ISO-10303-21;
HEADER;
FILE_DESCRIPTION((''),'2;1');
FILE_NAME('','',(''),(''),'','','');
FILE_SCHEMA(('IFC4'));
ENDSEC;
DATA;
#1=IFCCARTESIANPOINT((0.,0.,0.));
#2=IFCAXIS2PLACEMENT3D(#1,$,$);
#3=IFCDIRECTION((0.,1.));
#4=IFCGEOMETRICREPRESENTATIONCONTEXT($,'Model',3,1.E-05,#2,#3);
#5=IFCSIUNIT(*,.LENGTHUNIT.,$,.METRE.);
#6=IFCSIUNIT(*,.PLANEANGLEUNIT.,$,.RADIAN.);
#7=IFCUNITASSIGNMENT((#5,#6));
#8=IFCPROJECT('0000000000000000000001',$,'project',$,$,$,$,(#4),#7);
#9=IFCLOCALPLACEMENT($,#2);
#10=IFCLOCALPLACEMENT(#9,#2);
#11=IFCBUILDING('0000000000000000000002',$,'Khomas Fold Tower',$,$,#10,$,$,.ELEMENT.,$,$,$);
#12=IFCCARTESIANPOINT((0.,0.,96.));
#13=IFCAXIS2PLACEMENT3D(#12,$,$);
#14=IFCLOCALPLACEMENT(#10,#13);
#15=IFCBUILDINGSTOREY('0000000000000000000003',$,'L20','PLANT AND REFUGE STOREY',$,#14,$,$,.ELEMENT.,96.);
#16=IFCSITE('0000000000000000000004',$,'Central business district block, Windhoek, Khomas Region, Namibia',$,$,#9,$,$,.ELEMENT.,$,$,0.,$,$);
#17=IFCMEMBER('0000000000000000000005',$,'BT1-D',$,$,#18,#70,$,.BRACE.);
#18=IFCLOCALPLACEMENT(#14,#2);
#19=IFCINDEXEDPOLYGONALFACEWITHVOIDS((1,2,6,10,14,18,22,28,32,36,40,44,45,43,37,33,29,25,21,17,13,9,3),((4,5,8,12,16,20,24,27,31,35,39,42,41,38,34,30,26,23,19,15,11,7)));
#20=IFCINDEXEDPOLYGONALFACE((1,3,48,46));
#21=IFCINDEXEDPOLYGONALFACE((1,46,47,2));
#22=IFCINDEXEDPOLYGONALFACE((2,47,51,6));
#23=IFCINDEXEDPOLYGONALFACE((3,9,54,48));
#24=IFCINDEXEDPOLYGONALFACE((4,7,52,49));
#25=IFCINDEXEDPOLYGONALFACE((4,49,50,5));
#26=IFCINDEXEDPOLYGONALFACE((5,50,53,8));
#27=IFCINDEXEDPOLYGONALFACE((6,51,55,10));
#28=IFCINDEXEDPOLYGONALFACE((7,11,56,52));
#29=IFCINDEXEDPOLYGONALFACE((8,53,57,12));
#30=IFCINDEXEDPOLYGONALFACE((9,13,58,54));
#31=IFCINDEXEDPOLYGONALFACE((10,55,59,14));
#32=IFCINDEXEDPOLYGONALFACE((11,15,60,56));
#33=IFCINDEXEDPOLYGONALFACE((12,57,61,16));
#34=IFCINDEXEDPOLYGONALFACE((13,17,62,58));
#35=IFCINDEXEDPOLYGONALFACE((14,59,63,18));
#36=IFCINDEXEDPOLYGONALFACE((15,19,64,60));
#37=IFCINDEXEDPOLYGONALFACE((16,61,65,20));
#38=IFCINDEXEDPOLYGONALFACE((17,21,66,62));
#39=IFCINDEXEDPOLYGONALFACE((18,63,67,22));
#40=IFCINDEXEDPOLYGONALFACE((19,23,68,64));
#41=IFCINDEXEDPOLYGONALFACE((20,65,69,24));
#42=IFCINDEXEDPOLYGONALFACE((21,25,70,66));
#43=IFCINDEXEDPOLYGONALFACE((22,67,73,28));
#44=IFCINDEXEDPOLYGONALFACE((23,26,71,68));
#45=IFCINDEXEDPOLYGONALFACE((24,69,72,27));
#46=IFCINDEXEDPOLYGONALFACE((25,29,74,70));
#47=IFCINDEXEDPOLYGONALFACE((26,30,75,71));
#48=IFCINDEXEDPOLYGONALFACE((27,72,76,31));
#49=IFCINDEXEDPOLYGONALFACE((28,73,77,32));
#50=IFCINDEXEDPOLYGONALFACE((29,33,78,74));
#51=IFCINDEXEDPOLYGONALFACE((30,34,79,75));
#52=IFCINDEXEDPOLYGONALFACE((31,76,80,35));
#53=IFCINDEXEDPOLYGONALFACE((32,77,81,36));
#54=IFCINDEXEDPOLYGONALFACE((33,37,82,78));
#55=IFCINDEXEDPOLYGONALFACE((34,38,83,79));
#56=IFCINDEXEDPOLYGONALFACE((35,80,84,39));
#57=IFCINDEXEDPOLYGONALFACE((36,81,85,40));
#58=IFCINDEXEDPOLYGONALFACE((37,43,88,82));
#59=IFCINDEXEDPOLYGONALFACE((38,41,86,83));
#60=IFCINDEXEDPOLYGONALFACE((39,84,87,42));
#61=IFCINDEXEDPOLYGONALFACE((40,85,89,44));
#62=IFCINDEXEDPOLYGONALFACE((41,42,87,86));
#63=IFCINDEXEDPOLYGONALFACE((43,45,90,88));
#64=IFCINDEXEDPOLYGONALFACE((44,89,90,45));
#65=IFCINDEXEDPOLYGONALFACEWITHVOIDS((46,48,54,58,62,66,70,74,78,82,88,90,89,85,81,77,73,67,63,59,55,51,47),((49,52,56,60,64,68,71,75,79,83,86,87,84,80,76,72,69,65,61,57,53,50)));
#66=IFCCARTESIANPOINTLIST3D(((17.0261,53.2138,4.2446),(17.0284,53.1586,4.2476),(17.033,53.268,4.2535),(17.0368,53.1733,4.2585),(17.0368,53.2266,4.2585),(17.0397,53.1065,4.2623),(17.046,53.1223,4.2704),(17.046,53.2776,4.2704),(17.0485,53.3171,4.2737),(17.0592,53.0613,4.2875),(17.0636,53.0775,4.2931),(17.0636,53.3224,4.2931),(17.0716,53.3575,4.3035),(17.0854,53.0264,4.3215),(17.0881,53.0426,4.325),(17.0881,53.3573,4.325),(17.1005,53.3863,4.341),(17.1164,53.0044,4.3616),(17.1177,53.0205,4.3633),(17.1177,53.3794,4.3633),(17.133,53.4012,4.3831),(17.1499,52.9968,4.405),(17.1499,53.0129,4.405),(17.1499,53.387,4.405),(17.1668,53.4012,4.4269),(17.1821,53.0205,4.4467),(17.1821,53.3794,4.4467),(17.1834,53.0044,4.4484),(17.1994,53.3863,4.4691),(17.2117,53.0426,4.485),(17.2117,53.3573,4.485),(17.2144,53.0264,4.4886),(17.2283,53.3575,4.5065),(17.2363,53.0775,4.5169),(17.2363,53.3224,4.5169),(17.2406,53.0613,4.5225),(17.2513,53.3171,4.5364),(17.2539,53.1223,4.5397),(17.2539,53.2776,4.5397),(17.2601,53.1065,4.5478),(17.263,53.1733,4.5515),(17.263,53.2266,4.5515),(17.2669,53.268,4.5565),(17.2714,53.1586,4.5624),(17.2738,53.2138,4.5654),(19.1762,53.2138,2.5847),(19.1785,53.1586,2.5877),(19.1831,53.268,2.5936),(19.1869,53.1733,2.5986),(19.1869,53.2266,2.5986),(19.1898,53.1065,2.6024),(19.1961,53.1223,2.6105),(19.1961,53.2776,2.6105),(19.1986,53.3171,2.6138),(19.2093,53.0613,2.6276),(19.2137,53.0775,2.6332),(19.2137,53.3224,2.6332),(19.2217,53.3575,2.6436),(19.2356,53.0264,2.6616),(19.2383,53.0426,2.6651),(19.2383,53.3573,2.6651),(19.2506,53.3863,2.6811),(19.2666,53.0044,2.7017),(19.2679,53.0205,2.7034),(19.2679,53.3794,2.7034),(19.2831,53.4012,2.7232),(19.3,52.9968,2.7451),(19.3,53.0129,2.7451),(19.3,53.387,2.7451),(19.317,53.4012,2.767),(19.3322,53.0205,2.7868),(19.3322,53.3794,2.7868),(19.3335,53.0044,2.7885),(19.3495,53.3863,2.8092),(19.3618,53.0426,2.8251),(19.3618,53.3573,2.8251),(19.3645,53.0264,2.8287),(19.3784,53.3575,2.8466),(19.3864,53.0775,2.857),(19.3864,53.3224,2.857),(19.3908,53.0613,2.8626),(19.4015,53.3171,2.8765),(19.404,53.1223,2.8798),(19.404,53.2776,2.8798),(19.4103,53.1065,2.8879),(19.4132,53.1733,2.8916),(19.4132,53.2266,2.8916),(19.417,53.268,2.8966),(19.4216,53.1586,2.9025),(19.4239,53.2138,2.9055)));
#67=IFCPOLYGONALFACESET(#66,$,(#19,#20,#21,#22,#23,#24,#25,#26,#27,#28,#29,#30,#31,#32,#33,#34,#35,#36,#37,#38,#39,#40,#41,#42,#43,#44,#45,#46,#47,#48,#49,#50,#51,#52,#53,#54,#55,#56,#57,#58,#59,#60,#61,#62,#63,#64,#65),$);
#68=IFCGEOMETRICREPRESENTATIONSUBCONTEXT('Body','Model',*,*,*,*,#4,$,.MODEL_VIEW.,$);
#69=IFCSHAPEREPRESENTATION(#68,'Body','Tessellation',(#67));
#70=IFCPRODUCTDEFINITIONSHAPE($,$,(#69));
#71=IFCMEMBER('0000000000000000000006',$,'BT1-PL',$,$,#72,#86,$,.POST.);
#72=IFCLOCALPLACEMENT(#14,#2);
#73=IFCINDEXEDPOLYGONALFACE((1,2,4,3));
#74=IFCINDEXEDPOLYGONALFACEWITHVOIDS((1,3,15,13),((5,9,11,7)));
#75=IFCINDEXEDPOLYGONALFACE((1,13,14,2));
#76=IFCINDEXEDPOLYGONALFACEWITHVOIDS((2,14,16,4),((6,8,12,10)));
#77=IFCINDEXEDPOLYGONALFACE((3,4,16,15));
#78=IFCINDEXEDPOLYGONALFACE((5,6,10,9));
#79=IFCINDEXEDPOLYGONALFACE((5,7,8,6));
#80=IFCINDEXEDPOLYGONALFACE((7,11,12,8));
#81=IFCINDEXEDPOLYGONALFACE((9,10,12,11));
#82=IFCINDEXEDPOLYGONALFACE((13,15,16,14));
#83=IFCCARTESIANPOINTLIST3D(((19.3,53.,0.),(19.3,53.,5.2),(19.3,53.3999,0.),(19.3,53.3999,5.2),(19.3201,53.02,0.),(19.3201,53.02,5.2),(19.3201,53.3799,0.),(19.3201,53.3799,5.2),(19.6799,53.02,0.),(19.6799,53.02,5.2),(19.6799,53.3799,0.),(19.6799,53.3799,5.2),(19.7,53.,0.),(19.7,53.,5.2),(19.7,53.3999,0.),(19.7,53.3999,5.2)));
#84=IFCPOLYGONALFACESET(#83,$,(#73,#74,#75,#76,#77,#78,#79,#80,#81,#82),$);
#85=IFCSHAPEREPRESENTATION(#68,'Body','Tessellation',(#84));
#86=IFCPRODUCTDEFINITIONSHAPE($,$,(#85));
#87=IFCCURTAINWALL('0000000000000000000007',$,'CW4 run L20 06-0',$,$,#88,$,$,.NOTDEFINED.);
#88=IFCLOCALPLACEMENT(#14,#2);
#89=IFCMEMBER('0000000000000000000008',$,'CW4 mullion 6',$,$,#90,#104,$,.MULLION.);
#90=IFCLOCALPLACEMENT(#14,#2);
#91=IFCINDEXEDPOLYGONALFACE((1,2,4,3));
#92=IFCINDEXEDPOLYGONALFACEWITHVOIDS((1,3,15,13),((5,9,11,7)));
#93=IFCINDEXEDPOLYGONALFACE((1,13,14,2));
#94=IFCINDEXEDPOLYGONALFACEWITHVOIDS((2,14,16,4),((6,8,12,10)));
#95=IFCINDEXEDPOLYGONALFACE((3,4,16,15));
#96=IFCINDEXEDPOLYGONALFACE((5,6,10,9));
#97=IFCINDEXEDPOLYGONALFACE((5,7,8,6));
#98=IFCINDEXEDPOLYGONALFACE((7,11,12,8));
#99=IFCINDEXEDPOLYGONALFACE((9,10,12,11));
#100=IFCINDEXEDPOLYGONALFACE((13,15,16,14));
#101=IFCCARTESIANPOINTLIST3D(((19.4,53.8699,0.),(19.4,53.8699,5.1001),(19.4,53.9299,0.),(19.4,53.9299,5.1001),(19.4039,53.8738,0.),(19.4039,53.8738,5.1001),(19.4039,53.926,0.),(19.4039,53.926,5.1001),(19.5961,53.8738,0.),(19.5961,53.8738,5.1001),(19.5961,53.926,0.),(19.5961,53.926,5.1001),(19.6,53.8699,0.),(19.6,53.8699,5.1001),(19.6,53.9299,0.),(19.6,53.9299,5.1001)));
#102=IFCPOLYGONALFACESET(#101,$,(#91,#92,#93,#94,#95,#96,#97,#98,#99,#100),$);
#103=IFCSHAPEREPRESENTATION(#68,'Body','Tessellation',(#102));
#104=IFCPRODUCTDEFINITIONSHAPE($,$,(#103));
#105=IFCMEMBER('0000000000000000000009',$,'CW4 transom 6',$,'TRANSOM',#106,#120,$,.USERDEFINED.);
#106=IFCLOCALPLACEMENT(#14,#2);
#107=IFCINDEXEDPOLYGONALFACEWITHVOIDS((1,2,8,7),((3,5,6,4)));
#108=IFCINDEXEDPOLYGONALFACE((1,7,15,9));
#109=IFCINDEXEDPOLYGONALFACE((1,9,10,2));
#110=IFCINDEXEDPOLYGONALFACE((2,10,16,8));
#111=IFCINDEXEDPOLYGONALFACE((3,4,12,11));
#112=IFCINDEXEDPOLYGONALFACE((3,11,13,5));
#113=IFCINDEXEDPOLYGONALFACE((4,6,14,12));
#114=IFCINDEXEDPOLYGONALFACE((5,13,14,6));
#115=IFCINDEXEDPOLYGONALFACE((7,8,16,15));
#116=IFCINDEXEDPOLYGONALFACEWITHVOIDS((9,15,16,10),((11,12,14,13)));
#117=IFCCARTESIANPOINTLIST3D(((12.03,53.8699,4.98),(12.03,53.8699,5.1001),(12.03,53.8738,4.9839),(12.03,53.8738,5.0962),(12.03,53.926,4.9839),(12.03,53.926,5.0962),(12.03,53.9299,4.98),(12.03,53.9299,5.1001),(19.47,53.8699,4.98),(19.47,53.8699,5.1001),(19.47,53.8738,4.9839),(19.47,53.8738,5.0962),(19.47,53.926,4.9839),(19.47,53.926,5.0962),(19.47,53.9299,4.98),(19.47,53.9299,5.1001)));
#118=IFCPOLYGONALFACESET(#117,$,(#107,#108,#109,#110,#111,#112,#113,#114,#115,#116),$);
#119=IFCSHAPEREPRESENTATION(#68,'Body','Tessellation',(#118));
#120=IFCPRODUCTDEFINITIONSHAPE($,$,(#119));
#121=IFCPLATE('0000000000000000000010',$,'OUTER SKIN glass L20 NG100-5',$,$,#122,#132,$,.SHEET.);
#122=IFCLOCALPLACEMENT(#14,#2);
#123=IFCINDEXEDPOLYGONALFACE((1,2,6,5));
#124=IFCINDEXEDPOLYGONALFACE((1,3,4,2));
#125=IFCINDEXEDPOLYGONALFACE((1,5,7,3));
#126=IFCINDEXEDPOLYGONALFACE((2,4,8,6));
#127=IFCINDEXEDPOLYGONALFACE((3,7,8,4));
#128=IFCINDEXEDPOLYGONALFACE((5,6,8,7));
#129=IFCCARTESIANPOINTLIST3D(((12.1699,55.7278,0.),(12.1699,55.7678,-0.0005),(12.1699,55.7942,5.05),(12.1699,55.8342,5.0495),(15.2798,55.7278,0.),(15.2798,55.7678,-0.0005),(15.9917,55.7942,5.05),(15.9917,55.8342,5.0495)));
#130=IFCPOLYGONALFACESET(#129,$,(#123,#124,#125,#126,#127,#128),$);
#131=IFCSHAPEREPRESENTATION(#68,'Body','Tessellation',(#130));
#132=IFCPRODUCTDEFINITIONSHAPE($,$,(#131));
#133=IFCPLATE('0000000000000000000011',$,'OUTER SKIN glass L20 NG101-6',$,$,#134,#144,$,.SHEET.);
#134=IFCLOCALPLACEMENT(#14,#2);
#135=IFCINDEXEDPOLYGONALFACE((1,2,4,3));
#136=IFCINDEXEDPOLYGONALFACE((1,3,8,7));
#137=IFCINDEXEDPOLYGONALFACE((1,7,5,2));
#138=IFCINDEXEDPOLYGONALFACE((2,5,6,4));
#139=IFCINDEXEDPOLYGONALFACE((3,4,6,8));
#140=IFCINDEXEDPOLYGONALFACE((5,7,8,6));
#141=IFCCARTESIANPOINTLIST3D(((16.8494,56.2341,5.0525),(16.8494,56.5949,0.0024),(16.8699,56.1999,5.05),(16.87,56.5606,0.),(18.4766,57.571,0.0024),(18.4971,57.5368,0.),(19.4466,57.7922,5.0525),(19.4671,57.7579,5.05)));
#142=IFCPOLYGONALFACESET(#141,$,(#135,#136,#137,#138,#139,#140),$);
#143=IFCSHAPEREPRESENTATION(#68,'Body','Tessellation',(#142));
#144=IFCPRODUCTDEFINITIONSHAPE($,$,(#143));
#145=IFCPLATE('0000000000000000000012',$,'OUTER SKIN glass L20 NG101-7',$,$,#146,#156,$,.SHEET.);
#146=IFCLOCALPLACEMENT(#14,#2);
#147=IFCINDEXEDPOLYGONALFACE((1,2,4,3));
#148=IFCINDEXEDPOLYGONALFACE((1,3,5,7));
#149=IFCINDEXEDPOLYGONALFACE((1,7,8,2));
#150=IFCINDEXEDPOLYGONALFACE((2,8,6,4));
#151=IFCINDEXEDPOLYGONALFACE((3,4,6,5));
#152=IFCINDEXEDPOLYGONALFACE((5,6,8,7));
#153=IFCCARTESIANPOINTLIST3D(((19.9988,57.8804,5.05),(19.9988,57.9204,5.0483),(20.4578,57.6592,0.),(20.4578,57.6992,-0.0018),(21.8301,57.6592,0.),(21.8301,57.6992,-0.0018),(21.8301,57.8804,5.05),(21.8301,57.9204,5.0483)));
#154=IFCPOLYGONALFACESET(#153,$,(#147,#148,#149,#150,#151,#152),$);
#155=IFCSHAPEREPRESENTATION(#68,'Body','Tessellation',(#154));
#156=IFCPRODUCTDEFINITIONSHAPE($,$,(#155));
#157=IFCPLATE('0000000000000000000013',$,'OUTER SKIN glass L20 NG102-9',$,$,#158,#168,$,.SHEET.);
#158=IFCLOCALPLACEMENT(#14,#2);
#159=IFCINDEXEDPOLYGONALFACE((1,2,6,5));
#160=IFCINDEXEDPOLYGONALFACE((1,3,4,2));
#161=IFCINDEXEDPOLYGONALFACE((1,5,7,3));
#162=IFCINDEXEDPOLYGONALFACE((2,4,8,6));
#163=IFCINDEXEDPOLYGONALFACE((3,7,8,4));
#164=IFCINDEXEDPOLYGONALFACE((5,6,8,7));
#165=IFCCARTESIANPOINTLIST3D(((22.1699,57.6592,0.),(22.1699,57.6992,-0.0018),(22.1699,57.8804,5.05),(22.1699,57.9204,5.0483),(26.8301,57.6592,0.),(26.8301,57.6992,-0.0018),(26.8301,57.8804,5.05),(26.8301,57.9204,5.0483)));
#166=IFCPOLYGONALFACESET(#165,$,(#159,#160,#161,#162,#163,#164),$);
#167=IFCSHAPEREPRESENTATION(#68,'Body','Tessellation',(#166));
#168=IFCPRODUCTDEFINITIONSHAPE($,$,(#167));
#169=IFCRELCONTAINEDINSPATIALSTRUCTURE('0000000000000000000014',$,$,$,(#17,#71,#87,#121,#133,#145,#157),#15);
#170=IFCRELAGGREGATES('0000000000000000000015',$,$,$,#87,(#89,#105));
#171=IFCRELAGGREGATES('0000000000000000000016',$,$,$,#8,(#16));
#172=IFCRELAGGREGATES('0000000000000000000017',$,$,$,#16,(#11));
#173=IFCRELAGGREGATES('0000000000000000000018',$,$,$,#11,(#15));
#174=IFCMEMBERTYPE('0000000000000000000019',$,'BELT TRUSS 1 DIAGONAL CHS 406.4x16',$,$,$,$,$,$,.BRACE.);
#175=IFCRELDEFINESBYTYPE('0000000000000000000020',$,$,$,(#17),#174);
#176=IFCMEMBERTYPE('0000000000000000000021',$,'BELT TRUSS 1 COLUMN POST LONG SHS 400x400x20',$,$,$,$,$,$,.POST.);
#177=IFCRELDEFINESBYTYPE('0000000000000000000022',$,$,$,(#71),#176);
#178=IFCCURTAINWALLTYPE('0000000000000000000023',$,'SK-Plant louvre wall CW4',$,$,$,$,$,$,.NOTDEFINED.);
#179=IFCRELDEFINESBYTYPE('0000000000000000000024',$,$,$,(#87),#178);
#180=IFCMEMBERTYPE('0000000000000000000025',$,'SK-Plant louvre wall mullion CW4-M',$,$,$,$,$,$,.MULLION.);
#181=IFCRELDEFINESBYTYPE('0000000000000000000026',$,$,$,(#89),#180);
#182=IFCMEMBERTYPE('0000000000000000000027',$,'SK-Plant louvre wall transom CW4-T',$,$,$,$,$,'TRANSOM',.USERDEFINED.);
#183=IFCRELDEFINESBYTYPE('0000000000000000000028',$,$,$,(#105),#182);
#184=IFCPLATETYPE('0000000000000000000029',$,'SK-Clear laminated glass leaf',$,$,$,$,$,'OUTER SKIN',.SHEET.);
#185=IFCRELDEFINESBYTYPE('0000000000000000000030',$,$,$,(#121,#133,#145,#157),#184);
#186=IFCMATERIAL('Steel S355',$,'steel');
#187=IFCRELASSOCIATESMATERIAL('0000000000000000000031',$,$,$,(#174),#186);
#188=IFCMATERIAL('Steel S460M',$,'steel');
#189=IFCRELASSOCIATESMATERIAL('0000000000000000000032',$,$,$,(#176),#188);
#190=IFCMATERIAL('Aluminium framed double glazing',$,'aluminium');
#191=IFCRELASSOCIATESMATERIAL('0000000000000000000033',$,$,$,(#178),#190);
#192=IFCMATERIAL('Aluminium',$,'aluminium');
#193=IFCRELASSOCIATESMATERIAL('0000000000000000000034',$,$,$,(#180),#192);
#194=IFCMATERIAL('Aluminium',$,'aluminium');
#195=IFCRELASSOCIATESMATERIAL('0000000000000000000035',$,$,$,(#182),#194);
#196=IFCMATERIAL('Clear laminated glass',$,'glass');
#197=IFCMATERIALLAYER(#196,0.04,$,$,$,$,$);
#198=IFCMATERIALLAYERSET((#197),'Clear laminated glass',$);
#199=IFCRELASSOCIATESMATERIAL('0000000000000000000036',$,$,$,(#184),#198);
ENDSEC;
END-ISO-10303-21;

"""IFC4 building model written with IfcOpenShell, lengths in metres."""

from ifc_helpers import new_model, si_unit, direction, frame, origin, origin_2d, place, context, subcontext, project, spatial, polyline, hollow_rectangle, hollow_circle, outline, extrude, source, transform, mapped, material, layer, layer_set, material_profile, profile_set, type_object, element, aggregate, save


model = new_model("IFC4")

# Units and contexts
model_context = context("Model", 3, precision=1e-05, world=origin(), true_north=direction((0.0, 1.0)))
body_context = subcontext(model_context, "Body", "Model", "MODEL_VIEW")
ifc_project = project(units=[si_unit("LENGTHUNIT", "METRE"), si_unit("PLANEANGLEUNIT", "RADIAN")], contexts=[model_context])

# Site, building, storey
site_placement = place(None, origin())
site = spatial("IfcSite", under=ifc_project, at=site_placement, Name="Central business district block, Windhoek, Khomas Region, Namibia", CompositionType="ELEMENT", RefElevation=0.0)
building_placement = place(site_placement, origin())
building = spatial("IfcBuilding", under=site, at=building_placement, Name="Khomas Fold Tower", CompositionType="ELEMENT")
storey_placement = place(building_placement, frame((0.0, 0.0, 96.0)))
storey = spatial("IfcBuildingStorey", under=building, at=storey_placement, Name="L20", Description="PLANT AND REFUGE STOREY", CompositionType="ELEMENT", Elevation=96.0)

# Members
ifc_material_1 = material(Name="Steel S355", Category="steel")
ifc_material_profile_1 = material_profile(ifc_material_1, hollow_circle(Radius=0.2031, WallThickness=0.0161, at=origin_2d()), Name="CHS 406.4x16")
ifc_profile_set_1 = profile_set([ifc_material_profile_1], Name="Steel S355")
member_type_1 = type_object("IfcMemberType", Name="BELT TRUSS 1 DIAGONAL CHS 406.4x16", PredefinedType="BRACE", material=ifc_profile_set_1)
shared_shape_1 = source(origin(), body_context, "Body", "SweptSolid", [
    extrude(hollow_circle(Radius=0.2031, WallThickness=0.0161, at=origin_2d()), origin(), (0.0, 0.0, 1.0), 2.7163),
])
for number, where, z_axis, x_axis, name in (
    (1, (19.3, 53.2, 2.7451), (-0.791564, 0.0, 0.611087), (0.0, -1.0, 0.0), "BT1-D"),
):
    element("IfcMember", number, at=place(storey_placement, frame(where, z_axis=z_axis, x_axis=x_axis)), inside=storey, type_object=member_type_1, Name=name, PredefinedType="BRACE", context=body_context, shape_type="MappedRepresentation", body=[
        mapped(shared_shape_1, transform((0.0, 0.0, 0.0))),
    ])
ifc_material_2 = material(Name="Steel S460M", Category="steel")
ifc_material_profile_2 = material_profile(ifc_material_2, hollow_rectangle(XDim=0.3999, YDim=0.3999, WallThickness=0.02, at=origin_2d()), Name="SHS 400x400x20")
ifc_profile_set_2 = profile_set([ifc_material_profile_2], Name="Steel S460M")
member_type_2 = type_object("IfcMemberType", Name="BELT TRUSS 1 COLUMN POST LONG SHS 400x400x20", PredefinedType="POST", material=ifc_profile_set_2)
shared_shape_2 = source(origin(), body_context, "Body", "SweptSolid", [
    extrude(hollow_rectangle(XDim=0.3999, YDim=0.3999, WallThickness=0.02, at=origin_2d()), origin(), (0.0, 0.0, 1.0), 5.2),
])
member_1_placement = place(storey_placement, frame((19.5, 53.2, 0.0), z_axis=(0.0, 0.0, 1.0), x_axis=(1.0, 0.0, 0.0)))
element("IfcMember", 2, at=member_1_placement, inside=storey, type_object=member_type_2, Name="BT1-PL", PredefinedType="POST", context=body_context, shape_type="MappedRepresentation", body=[
    mapped(shared_shape_2, transform((0.0, 0.0, 0.0))),
])

# Curtain wall, members
ifc_material_3 = material(Name="Aluminium framed double glazing", Category="aluminium")
curtain_wall_type = type_object("IfcCurtainWallType", Name="SK-Plant louvre wall CW4", PredefinedType="NOTDEFINED", material=ifc_material_3)
curtain_wall_placement = place(storey_placement, origin())
curtain_wall = element("IfcCurtainWall", 3, at=curtain_wall_placement, inside=storey, type_object=curtain_wall_type, Name="CW4 run L20 06-0", PredefinedType="NOTDEFINED")
ifc_material_4 = material(Name="Aluminium", Category="aluminium")
ifc_material_profile_3 = material_profile(ifc_material_4, hollow_rectangle(XDim=0.0601, YDim=0.2, WallThickness=0.0039, at=origin_2d()), Name="SK-Plant louvre wall mullion CW4-M")
ifc_profile_set_3 = profile_set([ifc_material_profile_3], Name="Aluminium")
member_type_3 = type_object("IfcMemberType", Name="SK-Plant louvre wall mullion CW4-M", PredefinedType="MULLION", material=ifc_profile_set_3)
shared_shape_3 = source(origin(), body_context, "Body", "SweptSolid", [
    extrude(hollow_rectangle(XDim=0.0601, YDim=0.2, WallThickness=0.0039, at=origin_2d()), origin(), (0.0, 0.0, 1.0), 5.1001),
])
member_2_placement = place(storey_placement, frame((19.5, 53.8999, 0.0), z_axis=(0.0, 0.0, 1.0), x_axis=(0.0, -1.0, 0.0)))
member_2 = element("IfcMember", 4, at=member_2_placement, type_object=member_type_3, Name="CW4 mullion 6", PredefinedType="MULLION", context=body_context, shape_type="MappedRepresentation", body=[
    mapped(shared_shape_3, transform((0.0, 0.0, 0.0))),
])
ifc_material_5 = material(Name="Aluminium", Category="aluminium")
ifc_material_profile_4 = material_profile(ifc_material_5, hollow_rectangle(XDim=0.0601, YDim=0.1201, WallThickness=0.0039, at=origin_2d()), Name="SK-Plant louvre wall transom CW4-T")
ifc_profile_set_4 = profile_set([ifc_material_profile_4], Name="Aluminium")
member_type_4 = type_object("IfcMemberType", Name="SK-Plant louvre wall transom CW4-T", ElementType="TRANSOM", PredefinedType="USERDEFINED", material=ifc_profile_set_4)
shared_shape_4 = source(origin(), body_context, "Body", "SweptSolid", [
    extrude(hollow_rectangle(XDim=0.0601, YDim=0.1201, WallThickness=0.0039, at=origin_2d()), origin(), (0.0, 0.0, 1.0), 7.4399),
])
member_3_placement = place(storey_placement, frame((19.47, 53.8999, 5.04), z_axis=(-1.0, 0.0, 0.0), x_axis=(0.0, -1.0, 0.0)))
member_3 = element("IfcMember", 5, at=member_3_placement, type_object=member_type_4, Name="CW4 transom 6", ObjectType="TRANSOM", PredefinedType="USERDEFINED", context=body_context, shape_type="MappedRepresentation", body=[
    mapped(shared_shape_4, transform((0.0, 0.0, 0.0))),
])

# Plates
ifc_material_6 = material(Name="Clear laminated glass", Category="glass")
ifc_layer_1 = layer(ifc_material_6, 0.04)
ifc_layer_set_1 = layer_set([ifc_layer_1], Name="Clear laminated glass")
plate_type_1 = type_object("IfcPlateType", Name="SK-Clear laminated glass leaf", ElementType="OUTER SKIN", PredefinedType="SHEET", material=ifc_layer_set_1)
plate_1_placement = place(storey_placement, frame((15.2798, 55.7278, 0.0), z_axis=(0.0, -0.999914, 0.013148), x_axis=(-1.0, 0.0, 0.0)))
element("IfcPlate", 6, at=plate_1_placement, inside=storey, type_object=plate_type_1, Name="OUTER SKIN glass L20 NG100-5", PredefinedType="SHEET", context=body_context, shape_type="SweptSolid", body=[
    extrude(outline(polyline([(0.0, 0.0), (3.1099, 0.0), (3.1099, -5.0505), (-0.7119, -5.0505), (0.0, 0.0)])), origin(), (0.0, 0.0, -1.0), 0.04),
])
plate_2_placement = place(storey_placement, frame((18.4766, 57.571, 0.0024), z_axis=(-0.513468, 0.855928, 0.061146), x_axis=(-0.857532, -0.51443, -0.000002)))
element("IfcPlate", 7, at=plate_2_placement, inside=storey, type_object=plate_type_1, Name="OUTER SKIN glass L20 NG101-6", PredefinedType="SHEET", context=body_context, shape_type="SweptSolid", body=[
    extrude(outline(polyline([(0.0, 0.0), (1.8975, 0.0), (2.0831, 5.0595), (-0.9456, 5.0595), (0.0, 0.0)])), origin(), (0.0, 0.0, -1.0), 0.04),
])
plate_3_placement = place(storey_placement, frame((20.4578, 57.6592, 0.0), z_axis=(0.0, -0.999042, 0.043758), x_axis=(-0.090428, 0.043579, 0.994949)))
element("IfcPlate", 8, at=plate_3_placement, inside=storey, type_object=plate_type_1, Name="OUTER SKIN glass L20 NG101-7", PredefinedType="SHEET", context=body_context, shape_type="SweptSolid", body=[
    extrude(outline(polyline([(0.0, 0.0), (5.0757, 0.0), (4.9101, -1.8238), (-0.1241, -1.3667), (0.0, 0.0)])), origin(), (0.0, 0.0, -1.0), 0.04),
])
plate_4_placement = place(storey_placement, frame((22.1699, 57.6592, 0.0), z_axis=(0.0, -0.999042, 0.043758), x_axis=(0.0, 0.043758, 0.999042)))
element("IfcPlate", 9, at=plate_4_placement, inside=storey, type_object=plate_type_1, Name="OUTER SKIN glass L20 NG102-9", PredefinedType="SHEET", context=body_context, shape_type="SweptSolid", body=[
    extrude(outline(polyline([(0.0, 0.0), (5.0549, 0.0), (5.0549, -4.6602), (0.0, -4.6602), (0.0, 0.0)])), origin(), (0.0, 0.0, -1.0), 0.04),
])

aggregate(curtain_wall, [member_2, member_3])

save(model, "model.ifc")
